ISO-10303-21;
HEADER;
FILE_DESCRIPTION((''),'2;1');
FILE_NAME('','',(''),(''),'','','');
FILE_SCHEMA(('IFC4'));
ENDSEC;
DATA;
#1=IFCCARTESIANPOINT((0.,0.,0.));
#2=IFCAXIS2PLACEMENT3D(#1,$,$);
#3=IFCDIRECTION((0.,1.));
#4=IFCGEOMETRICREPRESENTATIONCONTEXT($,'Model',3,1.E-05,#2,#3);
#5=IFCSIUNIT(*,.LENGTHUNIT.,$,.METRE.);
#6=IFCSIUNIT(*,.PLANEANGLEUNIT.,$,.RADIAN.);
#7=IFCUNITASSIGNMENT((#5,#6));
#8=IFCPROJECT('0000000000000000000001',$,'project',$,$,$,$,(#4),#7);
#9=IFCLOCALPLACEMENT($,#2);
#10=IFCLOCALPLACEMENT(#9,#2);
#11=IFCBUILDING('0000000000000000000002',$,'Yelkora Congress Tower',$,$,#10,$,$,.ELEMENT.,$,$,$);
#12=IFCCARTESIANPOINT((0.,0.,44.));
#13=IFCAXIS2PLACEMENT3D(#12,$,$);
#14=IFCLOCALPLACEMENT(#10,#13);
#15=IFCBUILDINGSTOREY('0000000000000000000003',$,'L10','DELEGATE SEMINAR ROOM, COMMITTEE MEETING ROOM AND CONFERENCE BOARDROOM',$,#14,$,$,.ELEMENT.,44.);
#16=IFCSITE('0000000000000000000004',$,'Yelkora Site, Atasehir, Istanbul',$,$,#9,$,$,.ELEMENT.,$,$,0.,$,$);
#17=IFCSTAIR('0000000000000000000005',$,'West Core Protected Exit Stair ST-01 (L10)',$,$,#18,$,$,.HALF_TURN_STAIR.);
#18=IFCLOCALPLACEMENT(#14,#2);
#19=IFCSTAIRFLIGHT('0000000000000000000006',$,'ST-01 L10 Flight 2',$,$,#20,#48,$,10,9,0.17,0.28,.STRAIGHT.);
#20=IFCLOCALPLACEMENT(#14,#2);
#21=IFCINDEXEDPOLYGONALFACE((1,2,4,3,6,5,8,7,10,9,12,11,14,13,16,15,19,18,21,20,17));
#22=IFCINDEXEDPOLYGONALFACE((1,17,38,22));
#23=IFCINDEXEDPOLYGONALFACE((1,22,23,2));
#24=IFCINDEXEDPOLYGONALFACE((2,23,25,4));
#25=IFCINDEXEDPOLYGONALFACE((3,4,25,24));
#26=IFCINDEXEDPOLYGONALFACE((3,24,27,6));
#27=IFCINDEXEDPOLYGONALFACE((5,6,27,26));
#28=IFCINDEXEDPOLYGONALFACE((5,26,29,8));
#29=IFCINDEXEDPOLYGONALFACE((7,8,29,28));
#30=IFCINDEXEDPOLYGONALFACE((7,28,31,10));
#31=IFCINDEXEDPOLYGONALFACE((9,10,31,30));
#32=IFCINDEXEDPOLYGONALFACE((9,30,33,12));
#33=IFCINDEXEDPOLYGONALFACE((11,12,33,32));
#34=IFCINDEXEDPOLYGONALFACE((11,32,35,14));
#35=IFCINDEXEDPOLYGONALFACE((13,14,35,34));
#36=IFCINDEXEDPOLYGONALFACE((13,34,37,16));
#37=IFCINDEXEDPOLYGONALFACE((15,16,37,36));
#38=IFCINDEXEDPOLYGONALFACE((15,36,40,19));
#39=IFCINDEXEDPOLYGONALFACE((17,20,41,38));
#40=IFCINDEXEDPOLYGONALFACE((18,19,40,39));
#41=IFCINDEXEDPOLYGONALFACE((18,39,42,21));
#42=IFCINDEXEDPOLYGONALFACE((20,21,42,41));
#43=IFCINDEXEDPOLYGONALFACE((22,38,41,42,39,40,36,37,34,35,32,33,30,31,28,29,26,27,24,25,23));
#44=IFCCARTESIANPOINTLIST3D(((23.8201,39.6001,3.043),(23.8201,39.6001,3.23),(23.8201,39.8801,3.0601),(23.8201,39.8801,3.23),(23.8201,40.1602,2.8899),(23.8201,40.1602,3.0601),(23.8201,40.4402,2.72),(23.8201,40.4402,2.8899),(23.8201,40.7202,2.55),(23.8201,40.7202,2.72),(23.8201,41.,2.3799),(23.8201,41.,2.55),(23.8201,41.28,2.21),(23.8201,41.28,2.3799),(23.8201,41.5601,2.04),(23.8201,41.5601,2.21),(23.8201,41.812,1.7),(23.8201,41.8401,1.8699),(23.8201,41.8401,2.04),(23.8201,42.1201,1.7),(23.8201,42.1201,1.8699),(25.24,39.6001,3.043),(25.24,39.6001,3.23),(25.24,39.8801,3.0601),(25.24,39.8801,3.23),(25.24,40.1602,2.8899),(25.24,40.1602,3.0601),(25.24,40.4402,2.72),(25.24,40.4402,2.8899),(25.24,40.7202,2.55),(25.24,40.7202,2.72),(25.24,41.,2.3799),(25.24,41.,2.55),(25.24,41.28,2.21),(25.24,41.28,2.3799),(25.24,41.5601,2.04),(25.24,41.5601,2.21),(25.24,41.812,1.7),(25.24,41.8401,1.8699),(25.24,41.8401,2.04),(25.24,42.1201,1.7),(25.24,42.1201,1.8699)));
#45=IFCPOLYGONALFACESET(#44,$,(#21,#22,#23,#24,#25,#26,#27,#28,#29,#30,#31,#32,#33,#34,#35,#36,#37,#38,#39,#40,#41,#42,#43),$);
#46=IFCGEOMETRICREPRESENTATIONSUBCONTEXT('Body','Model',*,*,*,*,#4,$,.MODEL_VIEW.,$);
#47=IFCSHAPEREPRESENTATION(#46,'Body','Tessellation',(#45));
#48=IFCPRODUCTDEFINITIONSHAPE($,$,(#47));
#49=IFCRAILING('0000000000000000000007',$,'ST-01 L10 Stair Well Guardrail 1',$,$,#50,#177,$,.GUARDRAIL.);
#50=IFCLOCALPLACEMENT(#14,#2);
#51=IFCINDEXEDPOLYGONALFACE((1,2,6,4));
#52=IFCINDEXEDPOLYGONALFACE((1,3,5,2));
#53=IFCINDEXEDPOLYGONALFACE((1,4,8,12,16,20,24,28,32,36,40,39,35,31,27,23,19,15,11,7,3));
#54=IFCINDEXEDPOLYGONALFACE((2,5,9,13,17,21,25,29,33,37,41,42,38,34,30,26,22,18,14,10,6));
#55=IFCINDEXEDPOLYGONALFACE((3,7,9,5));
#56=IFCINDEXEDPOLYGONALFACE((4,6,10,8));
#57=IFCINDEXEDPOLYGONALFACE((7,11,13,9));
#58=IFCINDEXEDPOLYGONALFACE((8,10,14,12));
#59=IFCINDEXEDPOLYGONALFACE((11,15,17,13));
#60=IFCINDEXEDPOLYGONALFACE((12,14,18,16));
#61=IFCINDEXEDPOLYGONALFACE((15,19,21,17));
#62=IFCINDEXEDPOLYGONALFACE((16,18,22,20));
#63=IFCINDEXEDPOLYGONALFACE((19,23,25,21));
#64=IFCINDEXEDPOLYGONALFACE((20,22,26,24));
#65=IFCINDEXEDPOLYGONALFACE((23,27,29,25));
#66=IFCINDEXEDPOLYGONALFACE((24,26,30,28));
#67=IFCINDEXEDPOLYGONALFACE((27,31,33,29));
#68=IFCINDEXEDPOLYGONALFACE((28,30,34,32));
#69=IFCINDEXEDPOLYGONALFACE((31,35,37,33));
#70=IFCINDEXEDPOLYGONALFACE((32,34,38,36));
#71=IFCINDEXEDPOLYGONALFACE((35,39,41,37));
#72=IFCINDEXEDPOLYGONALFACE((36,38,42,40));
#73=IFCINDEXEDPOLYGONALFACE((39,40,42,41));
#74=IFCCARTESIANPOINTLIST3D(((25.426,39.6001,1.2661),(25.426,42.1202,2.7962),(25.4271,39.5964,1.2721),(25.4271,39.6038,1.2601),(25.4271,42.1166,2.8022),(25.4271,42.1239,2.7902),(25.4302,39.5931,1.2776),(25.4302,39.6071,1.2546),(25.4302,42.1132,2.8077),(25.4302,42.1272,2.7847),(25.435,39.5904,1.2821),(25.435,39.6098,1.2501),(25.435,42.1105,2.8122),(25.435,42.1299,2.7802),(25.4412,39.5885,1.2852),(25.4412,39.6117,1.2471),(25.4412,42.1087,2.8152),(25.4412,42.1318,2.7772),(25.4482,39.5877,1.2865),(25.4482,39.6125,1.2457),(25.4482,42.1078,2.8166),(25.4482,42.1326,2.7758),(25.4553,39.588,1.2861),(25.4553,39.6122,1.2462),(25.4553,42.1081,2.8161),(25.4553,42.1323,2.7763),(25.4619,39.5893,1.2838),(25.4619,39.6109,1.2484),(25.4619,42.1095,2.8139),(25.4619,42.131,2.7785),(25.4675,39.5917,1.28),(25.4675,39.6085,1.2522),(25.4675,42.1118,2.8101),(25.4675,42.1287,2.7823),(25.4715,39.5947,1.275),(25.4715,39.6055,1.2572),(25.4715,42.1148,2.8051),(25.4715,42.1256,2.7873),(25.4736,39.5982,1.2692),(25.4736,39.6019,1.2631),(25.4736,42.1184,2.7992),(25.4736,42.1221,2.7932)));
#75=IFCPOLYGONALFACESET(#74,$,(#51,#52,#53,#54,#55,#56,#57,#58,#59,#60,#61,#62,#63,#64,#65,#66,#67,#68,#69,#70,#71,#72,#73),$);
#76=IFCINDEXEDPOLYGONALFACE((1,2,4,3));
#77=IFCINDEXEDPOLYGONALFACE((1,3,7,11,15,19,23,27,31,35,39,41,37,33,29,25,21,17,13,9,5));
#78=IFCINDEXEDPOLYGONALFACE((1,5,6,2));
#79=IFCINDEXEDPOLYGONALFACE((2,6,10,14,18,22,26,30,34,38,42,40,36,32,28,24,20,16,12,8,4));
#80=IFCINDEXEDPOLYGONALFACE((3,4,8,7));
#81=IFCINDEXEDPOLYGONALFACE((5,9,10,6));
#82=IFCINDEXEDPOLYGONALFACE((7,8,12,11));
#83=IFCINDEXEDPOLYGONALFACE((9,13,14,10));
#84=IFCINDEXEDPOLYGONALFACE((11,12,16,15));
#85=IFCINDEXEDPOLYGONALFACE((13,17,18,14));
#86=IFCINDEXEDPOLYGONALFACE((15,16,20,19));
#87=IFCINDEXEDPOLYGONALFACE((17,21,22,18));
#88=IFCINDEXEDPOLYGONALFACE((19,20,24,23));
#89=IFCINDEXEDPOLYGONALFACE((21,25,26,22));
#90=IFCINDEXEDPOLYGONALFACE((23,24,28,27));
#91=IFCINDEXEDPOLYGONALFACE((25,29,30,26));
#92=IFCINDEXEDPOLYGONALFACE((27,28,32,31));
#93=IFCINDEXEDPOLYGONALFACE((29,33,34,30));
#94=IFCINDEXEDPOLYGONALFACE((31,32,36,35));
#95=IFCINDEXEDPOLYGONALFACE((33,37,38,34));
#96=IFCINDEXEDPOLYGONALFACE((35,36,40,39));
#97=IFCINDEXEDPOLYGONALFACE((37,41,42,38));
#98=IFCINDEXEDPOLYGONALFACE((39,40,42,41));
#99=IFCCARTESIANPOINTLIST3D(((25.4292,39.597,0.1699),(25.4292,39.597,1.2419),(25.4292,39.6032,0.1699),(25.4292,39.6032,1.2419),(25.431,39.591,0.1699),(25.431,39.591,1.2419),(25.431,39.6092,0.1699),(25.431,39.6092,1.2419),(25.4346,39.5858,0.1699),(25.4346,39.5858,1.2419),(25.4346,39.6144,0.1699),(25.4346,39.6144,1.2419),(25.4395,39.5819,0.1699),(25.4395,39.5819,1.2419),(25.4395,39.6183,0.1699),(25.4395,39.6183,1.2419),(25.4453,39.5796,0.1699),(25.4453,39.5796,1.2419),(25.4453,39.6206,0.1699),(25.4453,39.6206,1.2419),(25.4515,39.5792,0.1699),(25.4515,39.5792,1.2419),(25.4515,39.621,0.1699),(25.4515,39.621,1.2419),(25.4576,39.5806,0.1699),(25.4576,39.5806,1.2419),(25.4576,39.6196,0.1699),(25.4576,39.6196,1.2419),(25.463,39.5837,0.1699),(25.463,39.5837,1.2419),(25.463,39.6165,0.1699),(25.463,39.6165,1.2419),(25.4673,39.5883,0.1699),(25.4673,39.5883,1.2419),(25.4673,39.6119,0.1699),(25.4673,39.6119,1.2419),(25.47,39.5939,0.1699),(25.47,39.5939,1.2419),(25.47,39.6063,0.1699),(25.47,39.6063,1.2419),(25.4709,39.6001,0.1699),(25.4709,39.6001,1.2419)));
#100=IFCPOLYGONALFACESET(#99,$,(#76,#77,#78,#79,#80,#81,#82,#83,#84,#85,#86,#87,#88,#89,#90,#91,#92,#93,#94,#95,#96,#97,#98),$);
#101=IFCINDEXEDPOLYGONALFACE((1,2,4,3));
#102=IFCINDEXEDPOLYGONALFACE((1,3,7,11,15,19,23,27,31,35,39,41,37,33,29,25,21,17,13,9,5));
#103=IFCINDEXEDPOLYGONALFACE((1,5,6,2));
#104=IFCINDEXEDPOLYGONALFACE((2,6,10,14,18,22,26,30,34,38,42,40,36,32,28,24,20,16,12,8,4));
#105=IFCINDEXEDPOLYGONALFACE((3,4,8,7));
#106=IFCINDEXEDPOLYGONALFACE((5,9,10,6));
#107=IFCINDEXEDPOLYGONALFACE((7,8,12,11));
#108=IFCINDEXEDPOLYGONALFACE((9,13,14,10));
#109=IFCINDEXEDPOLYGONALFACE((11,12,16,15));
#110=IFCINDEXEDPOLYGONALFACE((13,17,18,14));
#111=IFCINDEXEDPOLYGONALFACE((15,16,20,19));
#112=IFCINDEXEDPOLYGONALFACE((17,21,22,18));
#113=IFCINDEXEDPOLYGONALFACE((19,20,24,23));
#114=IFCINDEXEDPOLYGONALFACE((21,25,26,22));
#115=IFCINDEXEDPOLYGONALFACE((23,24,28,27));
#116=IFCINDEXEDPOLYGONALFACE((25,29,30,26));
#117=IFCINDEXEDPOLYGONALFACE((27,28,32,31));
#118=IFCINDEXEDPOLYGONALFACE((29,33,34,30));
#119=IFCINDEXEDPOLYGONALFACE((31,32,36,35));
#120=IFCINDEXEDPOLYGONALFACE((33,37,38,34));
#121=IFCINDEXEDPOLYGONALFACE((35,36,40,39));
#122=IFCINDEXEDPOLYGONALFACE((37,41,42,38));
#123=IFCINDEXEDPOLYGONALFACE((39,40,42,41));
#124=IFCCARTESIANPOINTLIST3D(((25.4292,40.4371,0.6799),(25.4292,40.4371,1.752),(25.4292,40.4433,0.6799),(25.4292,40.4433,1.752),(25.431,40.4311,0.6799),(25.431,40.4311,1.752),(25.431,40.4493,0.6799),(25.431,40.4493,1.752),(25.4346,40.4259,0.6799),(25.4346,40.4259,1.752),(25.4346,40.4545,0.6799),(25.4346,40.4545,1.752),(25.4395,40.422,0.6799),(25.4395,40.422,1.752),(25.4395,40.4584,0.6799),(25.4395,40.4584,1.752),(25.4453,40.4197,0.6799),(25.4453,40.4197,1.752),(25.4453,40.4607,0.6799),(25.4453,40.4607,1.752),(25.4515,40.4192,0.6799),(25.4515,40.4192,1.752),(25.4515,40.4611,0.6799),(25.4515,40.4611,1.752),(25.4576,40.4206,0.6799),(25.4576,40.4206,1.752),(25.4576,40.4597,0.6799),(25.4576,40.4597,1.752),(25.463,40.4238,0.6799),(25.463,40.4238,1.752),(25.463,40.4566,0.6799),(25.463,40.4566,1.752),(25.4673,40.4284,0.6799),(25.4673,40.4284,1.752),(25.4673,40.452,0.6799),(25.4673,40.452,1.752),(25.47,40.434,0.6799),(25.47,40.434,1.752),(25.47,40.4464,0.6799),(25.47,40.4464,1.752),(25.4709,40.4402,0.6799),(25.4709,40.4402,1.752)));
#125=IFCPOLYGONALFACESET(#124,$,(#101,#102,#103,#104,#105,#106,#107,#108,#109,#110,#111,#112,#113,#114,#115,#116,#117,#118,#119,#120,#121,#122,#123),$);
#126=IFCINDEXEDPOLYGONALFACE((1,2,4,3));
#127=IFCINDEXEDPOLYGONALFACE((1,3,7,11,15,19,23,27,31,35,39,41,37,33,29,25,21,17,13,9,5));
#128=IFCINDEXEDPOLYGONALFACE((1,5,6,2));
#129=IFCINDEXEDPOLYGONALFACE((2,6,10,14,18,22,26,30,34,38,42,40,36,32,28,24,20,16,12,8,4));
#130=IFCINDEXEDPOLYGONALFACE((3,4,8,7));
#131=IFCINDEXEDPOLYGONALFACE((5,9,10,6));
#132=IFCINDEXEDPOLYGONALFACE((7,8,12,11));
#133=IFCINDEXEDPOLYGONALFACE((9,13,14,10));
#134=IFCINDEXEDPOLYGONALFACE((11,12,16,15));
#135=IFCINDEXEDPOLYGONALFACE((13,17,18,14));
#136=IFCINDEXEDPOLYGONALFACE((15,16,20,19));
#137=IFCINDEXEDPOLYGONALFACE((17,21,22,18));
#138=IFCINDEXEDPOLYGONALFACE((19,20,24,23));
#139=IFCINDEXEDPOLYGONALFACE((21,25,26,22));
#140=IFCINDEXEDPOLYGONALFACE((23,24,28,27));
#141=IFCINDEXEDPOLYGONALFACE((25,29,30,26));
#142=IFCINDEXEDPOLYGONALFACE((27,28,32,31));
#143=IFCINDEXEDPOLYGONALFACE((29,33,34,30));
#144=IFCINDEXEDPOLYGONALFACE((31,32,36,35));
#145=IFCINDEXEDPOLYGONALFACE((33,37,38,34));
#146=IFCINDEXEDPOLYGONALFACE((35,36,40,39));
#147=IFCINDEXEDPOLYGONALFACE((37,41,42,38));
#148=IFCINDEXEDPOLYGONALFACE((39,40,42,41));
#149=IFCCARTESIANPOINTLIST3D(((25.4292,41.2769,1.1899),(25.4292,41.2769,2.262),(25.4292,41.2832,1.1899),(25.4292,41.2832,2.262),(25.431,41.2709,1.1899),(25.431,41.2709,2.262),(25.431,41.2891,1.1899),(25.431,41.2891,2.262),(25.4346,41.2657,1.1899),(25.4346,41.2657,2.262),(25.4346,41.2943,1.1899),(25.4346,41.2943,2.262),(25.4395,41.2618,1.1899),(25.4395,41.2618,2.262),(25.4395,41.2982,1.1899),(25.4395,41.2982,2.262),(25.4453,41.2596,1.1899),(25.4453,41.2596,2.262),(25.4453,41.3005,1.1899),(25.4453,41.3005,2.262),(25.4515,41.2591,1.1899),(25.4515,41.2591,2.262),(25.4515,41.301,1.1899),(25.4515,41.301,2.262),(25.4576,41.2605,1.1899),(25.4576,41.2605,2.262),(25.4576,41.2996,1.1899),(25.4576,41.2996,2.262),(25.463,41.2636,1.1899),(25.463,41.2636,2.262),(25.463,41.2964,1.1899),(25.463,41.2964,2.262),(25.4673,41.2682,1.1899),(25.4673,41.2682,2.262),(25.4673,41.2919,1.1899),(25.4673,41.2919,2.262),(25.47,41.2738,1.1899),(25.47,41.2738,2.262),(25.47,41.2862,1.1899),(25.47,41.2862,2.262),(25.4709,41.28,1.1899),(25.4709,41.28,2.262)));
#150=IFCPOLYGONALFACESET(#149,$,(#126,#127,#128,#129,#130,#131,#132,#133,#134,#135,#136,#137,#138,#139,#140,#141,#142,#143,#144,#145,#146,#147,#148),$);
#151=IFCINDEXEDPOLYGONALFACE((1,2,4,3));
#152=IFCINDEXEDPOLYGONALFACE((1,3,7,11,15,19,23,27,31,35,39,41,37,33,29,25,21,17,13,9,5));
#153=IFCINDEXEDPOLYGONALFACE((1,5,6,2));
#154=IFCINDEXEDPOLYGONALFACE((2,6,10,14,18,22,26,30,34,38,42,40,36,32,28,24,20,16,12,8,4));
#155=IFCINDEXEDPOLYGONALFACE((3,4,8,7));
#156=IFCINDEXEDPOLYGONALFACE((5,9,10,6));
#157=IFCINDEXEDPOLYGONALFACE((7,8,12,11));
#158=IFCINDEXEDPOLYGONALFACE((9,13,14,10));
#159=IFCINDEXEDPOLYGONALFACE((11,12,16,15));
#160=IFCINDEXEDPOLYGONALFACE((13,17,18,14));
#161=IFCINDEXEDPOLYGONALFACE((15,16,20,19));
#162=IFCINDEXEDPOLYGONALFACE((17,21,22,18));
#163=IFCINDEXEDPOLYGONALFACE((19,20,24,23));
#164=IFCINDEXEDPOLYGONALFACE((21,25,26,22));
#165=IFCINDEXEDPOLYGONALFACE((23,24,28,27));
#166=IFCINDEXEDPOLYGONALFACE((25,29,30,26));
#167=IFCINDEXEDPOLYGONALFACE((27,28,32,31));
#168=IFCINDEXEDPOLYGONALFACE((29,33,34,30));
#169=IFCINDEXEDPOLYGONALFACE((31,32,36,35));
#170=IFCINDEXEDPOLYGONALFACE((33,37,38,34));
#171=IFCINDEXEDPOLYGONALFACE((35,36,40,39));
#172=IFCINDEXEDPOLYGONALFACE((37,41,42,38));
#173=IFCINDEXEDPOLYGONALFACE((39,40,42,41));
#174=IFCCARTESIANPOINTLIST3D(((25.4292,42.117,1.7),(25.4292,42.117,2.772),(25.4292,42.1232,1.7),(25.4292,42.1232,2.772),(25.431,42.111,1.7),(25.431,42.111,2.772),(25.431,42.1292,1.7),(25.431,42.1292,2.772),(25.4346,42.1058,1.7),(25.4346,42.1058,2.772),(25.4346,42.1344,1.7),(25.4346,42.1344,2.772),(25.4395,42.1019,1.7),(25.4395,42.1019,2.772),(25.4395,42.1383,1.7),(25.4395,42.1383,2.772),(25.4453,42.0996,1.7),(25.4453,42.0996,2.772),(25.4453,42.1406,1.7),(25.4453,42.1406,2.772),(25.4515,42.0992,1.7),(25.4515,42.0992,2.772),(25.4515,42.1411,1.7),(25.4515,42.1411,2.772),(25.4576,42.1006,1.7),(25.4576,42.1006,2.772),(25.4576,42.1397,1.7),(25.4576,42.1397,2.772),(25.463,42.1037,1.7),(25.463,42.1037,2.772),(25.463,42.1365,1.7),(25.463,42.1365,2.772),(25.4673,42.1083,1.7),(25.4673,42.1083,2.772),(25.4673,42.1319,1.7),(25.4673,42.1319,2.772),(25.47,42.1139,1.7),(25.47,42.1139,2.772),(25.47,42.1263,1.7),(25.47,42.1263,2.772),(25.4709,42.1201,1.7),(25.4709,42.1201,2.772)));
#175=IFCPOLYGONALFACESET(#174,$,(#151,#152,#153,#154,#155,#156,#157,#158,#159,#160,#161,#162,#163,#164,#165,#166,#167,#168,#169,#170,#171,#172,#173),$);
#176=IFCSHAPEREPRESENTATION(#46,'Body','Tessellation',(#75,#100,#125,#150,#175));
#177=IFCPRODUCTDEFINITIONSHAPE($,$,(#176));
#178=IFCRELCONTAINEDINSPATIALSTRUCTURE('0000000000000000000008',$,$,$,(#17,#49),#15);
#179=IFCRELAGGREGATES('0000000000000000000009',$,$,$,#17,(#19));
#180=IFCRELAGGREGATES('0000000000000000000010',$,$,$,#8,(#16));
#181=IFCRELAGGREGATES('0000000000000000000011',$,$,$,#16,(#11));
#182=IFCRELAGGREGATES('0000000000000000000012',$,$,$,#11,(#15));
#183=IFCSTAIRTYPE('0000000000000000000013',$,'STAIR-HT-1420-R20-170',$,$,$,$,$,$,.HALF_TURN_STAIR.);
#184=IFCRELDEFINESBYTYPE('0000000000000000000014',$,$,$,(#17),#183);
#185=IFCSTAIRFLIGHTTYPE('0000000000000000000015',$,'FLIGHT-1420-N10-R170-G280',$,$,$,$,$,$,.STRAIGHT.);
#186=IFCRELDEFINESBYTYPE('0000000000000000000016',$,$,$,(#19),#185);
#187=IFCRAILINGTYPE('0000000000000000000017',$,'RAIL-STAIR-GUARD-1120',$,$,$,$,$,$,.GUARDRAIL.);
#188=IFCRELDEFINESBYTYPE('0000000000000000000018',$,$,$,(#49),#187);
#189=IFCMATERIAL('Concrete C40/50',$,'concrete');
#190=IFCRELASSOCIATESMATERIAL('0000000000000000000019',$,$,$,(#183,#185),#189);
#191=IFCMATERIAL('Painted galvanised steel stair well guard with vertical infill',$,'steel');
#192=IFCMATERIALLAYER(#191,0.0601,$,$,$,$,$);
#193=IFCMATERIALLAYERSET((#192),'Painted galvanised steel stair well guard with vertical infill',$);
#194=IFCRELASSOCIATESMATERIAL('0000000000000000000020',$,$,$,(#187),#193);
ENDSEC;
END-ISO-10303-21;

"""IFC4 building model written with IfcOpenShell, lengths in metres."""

from ifc_helpers import new_model, si_unit, direction, frame, origin, origin_2d, place, context, subcontext, project, spatial, polyline, circle, outline, extrude, material, layer, layer_set, type_object, element, aggregate, save


model = new_model("IFC4")

# Units and contexts
model_context = context("Model", 3, precision=1e-05, world=origin(), true_north=direction((0.0, 1.0)))
body_context = subcontext(model_context, "Body", "Model", "MODEL_VIEW")
ifc_project = project(units=[si_unit("LENGTHUNIT", "METRE"), si_unit("PLANEANGLEUNIT", "RADIAN")], contexts=[model_context])

# Site, building, storey
site_placement = place(None, origin())
site = spatial("IfcSite", under=ifc_project, at=site_placement, Name="Yelkora Site, Atasehir, Istanbul", CompositionType="ELEMENT", RefElevation=0.0)
building_placement = place(site_placement, origin())
building = spatial("IfcBuilding", under=site, at=building_placement, Name="Yelkora Congress Tower", CompositionType="ELEMENT")
storey_placement = place(building_placement, frame((0.0, 0.0, 44.0)))
storey = spatial("IfcBuildingStorey", under=building, at=storey_placement, Name="L10", Description="DELEGATE SEMINAR ROOM, COMMITTEE MEETING ROOM AND CONFERENCE BOARDROOM", CompositionType="ELEMENT", Elevation=44.0)

# Stair, stair flight
ifc_material_1 = material(Name="Concrete C40/50", Category="concrete")
stair_type = type_object("IfcStairType", Name="STAIR-HT-1420-R20-170", PredefinedType="HALF_TURN_STAIR", material=ifc_material_1)
stair_placement = place(storey_placement, origin())
stair = element("IfcStair", 1, at=stair_placement, inside=storey, type_object=stair_type, Name="West Core Protected Exit Stair ST-01 (L10)", PredefinedType="HALF_TURN_STAIR")
stair_flight_type = type_object("IfcStairFlightType", Name="FLIGHT-1420-N10-R170-G280", PredefinedType="STRAIGHT", material=ifc_material_1)
stair_flight_1_placement = place(storey_placement, frame((24.53, 42.1201, 1.7), z_axis=(0.0, 0.0, 1.0), x_axis=(0.0, -1.0, 0.0)))
stair_flight_1 = element("IfcStairFlight", 2, at=stair_flight_1_placement, type_object=stair_flight_type, Name="ST-01 L10 Flight 2", NumberOfRisers=10, NumberOfTreads=9, PredefinedType="STRAIGHT", RiserHeight=0.17, TreadLength=0.28, context=body_context, shape_type="SweptSolid", body=[
    extrude(outline(polyline([(0.0, 0.0), (0.0, 0.1699), (0.28, 0.1699), (0.28, 0.3401), (0.5601, 0.3401), (0.5601, 0.51), (0.8401, 0.51), (0.8401, 0.6799), (1.1201, 0.6799), (1.1201, 0.8501), (1.3999, 0.8501), (1.3999, 1.02), (1.6799, 1.02), (1.6799, 1.1899), (1.96, 1.1899), (1.96, 1.3601), (2.24, 1.3601), (2.24, 1.53), (2.52, 1.53), (2.52, 1.7), (2.52, 1.343), (0.3081, 0.0), (0.0, 0.0)])), frame((0.0, 0.71, 0.0), z_axis=(0.0, -1.0, 0.0), x_axis=(1.0, 0.0, 0.0)), (0.0, 0.0, 1.0), 1.4199),
])
aggregate(stair, [stair_flight_1])

# Railing
ifc_material_2 = material(Name="Painted galvanised steel stair well guard with vertical infill", Category="steel")
ifc_layer_1 = layer(ifc_material_2, 0.0601)
ifc_layer_set_1 = layer_set([ifc_layer_1], Name="Painted galvanised steel stair well guard with vertical infill")
railing_type_1 = type_object("IfcRailingType", Name="RAIL-STAIR-GUARD-1120", PredefinedType="GUARDRAIL", material=ifc_layer_set_1)
railing_1_placement = place(storey_placement, frame((25.45, 39.6001, 0.1699)))
element("IfcRailing", 3, at=railing_1_placement, inside=storey, type_object=railing_type_1, Name="ST-01 L10 Stair Well Guardrail 1", PredefinedType="GUARDRAIL", context=body_context, shape_type="SweptSolid", body=[
    extrude(circle(Radius=0.0239, at=origin_2d()), frame((0.0, 0.0, 1.0962), z_axis=(0.0, 0.854785, 0.518982), x_axis=(-1.0, 0.0, 0.0)), (0.0, 0.0, 1.0), 2.9482),
    extrude(circle(Radius=0.021, at=origin_2d()), origin(), (0.0, 0.0, 1.0), 1.072),
    extrude(circle(Radius=0.021, at=origin_2d()), frame((0.0, 0.8401, 0.51)), (0.0, 0.0, 1.0), 1.072),
    extrude(circle(Radius=0.021, at=origin_2d()), frame((0.0, 1.6799, 1.02)), (0.0, 0.0, 1.0), 1.072),
    extrude(circle(Radius=0.021, at=origin_2d()), frame((0.0, 2.52, 1.53)), (0.0, 0.0, 1.0), 1.072),
])

save(model, "model.ifc")
